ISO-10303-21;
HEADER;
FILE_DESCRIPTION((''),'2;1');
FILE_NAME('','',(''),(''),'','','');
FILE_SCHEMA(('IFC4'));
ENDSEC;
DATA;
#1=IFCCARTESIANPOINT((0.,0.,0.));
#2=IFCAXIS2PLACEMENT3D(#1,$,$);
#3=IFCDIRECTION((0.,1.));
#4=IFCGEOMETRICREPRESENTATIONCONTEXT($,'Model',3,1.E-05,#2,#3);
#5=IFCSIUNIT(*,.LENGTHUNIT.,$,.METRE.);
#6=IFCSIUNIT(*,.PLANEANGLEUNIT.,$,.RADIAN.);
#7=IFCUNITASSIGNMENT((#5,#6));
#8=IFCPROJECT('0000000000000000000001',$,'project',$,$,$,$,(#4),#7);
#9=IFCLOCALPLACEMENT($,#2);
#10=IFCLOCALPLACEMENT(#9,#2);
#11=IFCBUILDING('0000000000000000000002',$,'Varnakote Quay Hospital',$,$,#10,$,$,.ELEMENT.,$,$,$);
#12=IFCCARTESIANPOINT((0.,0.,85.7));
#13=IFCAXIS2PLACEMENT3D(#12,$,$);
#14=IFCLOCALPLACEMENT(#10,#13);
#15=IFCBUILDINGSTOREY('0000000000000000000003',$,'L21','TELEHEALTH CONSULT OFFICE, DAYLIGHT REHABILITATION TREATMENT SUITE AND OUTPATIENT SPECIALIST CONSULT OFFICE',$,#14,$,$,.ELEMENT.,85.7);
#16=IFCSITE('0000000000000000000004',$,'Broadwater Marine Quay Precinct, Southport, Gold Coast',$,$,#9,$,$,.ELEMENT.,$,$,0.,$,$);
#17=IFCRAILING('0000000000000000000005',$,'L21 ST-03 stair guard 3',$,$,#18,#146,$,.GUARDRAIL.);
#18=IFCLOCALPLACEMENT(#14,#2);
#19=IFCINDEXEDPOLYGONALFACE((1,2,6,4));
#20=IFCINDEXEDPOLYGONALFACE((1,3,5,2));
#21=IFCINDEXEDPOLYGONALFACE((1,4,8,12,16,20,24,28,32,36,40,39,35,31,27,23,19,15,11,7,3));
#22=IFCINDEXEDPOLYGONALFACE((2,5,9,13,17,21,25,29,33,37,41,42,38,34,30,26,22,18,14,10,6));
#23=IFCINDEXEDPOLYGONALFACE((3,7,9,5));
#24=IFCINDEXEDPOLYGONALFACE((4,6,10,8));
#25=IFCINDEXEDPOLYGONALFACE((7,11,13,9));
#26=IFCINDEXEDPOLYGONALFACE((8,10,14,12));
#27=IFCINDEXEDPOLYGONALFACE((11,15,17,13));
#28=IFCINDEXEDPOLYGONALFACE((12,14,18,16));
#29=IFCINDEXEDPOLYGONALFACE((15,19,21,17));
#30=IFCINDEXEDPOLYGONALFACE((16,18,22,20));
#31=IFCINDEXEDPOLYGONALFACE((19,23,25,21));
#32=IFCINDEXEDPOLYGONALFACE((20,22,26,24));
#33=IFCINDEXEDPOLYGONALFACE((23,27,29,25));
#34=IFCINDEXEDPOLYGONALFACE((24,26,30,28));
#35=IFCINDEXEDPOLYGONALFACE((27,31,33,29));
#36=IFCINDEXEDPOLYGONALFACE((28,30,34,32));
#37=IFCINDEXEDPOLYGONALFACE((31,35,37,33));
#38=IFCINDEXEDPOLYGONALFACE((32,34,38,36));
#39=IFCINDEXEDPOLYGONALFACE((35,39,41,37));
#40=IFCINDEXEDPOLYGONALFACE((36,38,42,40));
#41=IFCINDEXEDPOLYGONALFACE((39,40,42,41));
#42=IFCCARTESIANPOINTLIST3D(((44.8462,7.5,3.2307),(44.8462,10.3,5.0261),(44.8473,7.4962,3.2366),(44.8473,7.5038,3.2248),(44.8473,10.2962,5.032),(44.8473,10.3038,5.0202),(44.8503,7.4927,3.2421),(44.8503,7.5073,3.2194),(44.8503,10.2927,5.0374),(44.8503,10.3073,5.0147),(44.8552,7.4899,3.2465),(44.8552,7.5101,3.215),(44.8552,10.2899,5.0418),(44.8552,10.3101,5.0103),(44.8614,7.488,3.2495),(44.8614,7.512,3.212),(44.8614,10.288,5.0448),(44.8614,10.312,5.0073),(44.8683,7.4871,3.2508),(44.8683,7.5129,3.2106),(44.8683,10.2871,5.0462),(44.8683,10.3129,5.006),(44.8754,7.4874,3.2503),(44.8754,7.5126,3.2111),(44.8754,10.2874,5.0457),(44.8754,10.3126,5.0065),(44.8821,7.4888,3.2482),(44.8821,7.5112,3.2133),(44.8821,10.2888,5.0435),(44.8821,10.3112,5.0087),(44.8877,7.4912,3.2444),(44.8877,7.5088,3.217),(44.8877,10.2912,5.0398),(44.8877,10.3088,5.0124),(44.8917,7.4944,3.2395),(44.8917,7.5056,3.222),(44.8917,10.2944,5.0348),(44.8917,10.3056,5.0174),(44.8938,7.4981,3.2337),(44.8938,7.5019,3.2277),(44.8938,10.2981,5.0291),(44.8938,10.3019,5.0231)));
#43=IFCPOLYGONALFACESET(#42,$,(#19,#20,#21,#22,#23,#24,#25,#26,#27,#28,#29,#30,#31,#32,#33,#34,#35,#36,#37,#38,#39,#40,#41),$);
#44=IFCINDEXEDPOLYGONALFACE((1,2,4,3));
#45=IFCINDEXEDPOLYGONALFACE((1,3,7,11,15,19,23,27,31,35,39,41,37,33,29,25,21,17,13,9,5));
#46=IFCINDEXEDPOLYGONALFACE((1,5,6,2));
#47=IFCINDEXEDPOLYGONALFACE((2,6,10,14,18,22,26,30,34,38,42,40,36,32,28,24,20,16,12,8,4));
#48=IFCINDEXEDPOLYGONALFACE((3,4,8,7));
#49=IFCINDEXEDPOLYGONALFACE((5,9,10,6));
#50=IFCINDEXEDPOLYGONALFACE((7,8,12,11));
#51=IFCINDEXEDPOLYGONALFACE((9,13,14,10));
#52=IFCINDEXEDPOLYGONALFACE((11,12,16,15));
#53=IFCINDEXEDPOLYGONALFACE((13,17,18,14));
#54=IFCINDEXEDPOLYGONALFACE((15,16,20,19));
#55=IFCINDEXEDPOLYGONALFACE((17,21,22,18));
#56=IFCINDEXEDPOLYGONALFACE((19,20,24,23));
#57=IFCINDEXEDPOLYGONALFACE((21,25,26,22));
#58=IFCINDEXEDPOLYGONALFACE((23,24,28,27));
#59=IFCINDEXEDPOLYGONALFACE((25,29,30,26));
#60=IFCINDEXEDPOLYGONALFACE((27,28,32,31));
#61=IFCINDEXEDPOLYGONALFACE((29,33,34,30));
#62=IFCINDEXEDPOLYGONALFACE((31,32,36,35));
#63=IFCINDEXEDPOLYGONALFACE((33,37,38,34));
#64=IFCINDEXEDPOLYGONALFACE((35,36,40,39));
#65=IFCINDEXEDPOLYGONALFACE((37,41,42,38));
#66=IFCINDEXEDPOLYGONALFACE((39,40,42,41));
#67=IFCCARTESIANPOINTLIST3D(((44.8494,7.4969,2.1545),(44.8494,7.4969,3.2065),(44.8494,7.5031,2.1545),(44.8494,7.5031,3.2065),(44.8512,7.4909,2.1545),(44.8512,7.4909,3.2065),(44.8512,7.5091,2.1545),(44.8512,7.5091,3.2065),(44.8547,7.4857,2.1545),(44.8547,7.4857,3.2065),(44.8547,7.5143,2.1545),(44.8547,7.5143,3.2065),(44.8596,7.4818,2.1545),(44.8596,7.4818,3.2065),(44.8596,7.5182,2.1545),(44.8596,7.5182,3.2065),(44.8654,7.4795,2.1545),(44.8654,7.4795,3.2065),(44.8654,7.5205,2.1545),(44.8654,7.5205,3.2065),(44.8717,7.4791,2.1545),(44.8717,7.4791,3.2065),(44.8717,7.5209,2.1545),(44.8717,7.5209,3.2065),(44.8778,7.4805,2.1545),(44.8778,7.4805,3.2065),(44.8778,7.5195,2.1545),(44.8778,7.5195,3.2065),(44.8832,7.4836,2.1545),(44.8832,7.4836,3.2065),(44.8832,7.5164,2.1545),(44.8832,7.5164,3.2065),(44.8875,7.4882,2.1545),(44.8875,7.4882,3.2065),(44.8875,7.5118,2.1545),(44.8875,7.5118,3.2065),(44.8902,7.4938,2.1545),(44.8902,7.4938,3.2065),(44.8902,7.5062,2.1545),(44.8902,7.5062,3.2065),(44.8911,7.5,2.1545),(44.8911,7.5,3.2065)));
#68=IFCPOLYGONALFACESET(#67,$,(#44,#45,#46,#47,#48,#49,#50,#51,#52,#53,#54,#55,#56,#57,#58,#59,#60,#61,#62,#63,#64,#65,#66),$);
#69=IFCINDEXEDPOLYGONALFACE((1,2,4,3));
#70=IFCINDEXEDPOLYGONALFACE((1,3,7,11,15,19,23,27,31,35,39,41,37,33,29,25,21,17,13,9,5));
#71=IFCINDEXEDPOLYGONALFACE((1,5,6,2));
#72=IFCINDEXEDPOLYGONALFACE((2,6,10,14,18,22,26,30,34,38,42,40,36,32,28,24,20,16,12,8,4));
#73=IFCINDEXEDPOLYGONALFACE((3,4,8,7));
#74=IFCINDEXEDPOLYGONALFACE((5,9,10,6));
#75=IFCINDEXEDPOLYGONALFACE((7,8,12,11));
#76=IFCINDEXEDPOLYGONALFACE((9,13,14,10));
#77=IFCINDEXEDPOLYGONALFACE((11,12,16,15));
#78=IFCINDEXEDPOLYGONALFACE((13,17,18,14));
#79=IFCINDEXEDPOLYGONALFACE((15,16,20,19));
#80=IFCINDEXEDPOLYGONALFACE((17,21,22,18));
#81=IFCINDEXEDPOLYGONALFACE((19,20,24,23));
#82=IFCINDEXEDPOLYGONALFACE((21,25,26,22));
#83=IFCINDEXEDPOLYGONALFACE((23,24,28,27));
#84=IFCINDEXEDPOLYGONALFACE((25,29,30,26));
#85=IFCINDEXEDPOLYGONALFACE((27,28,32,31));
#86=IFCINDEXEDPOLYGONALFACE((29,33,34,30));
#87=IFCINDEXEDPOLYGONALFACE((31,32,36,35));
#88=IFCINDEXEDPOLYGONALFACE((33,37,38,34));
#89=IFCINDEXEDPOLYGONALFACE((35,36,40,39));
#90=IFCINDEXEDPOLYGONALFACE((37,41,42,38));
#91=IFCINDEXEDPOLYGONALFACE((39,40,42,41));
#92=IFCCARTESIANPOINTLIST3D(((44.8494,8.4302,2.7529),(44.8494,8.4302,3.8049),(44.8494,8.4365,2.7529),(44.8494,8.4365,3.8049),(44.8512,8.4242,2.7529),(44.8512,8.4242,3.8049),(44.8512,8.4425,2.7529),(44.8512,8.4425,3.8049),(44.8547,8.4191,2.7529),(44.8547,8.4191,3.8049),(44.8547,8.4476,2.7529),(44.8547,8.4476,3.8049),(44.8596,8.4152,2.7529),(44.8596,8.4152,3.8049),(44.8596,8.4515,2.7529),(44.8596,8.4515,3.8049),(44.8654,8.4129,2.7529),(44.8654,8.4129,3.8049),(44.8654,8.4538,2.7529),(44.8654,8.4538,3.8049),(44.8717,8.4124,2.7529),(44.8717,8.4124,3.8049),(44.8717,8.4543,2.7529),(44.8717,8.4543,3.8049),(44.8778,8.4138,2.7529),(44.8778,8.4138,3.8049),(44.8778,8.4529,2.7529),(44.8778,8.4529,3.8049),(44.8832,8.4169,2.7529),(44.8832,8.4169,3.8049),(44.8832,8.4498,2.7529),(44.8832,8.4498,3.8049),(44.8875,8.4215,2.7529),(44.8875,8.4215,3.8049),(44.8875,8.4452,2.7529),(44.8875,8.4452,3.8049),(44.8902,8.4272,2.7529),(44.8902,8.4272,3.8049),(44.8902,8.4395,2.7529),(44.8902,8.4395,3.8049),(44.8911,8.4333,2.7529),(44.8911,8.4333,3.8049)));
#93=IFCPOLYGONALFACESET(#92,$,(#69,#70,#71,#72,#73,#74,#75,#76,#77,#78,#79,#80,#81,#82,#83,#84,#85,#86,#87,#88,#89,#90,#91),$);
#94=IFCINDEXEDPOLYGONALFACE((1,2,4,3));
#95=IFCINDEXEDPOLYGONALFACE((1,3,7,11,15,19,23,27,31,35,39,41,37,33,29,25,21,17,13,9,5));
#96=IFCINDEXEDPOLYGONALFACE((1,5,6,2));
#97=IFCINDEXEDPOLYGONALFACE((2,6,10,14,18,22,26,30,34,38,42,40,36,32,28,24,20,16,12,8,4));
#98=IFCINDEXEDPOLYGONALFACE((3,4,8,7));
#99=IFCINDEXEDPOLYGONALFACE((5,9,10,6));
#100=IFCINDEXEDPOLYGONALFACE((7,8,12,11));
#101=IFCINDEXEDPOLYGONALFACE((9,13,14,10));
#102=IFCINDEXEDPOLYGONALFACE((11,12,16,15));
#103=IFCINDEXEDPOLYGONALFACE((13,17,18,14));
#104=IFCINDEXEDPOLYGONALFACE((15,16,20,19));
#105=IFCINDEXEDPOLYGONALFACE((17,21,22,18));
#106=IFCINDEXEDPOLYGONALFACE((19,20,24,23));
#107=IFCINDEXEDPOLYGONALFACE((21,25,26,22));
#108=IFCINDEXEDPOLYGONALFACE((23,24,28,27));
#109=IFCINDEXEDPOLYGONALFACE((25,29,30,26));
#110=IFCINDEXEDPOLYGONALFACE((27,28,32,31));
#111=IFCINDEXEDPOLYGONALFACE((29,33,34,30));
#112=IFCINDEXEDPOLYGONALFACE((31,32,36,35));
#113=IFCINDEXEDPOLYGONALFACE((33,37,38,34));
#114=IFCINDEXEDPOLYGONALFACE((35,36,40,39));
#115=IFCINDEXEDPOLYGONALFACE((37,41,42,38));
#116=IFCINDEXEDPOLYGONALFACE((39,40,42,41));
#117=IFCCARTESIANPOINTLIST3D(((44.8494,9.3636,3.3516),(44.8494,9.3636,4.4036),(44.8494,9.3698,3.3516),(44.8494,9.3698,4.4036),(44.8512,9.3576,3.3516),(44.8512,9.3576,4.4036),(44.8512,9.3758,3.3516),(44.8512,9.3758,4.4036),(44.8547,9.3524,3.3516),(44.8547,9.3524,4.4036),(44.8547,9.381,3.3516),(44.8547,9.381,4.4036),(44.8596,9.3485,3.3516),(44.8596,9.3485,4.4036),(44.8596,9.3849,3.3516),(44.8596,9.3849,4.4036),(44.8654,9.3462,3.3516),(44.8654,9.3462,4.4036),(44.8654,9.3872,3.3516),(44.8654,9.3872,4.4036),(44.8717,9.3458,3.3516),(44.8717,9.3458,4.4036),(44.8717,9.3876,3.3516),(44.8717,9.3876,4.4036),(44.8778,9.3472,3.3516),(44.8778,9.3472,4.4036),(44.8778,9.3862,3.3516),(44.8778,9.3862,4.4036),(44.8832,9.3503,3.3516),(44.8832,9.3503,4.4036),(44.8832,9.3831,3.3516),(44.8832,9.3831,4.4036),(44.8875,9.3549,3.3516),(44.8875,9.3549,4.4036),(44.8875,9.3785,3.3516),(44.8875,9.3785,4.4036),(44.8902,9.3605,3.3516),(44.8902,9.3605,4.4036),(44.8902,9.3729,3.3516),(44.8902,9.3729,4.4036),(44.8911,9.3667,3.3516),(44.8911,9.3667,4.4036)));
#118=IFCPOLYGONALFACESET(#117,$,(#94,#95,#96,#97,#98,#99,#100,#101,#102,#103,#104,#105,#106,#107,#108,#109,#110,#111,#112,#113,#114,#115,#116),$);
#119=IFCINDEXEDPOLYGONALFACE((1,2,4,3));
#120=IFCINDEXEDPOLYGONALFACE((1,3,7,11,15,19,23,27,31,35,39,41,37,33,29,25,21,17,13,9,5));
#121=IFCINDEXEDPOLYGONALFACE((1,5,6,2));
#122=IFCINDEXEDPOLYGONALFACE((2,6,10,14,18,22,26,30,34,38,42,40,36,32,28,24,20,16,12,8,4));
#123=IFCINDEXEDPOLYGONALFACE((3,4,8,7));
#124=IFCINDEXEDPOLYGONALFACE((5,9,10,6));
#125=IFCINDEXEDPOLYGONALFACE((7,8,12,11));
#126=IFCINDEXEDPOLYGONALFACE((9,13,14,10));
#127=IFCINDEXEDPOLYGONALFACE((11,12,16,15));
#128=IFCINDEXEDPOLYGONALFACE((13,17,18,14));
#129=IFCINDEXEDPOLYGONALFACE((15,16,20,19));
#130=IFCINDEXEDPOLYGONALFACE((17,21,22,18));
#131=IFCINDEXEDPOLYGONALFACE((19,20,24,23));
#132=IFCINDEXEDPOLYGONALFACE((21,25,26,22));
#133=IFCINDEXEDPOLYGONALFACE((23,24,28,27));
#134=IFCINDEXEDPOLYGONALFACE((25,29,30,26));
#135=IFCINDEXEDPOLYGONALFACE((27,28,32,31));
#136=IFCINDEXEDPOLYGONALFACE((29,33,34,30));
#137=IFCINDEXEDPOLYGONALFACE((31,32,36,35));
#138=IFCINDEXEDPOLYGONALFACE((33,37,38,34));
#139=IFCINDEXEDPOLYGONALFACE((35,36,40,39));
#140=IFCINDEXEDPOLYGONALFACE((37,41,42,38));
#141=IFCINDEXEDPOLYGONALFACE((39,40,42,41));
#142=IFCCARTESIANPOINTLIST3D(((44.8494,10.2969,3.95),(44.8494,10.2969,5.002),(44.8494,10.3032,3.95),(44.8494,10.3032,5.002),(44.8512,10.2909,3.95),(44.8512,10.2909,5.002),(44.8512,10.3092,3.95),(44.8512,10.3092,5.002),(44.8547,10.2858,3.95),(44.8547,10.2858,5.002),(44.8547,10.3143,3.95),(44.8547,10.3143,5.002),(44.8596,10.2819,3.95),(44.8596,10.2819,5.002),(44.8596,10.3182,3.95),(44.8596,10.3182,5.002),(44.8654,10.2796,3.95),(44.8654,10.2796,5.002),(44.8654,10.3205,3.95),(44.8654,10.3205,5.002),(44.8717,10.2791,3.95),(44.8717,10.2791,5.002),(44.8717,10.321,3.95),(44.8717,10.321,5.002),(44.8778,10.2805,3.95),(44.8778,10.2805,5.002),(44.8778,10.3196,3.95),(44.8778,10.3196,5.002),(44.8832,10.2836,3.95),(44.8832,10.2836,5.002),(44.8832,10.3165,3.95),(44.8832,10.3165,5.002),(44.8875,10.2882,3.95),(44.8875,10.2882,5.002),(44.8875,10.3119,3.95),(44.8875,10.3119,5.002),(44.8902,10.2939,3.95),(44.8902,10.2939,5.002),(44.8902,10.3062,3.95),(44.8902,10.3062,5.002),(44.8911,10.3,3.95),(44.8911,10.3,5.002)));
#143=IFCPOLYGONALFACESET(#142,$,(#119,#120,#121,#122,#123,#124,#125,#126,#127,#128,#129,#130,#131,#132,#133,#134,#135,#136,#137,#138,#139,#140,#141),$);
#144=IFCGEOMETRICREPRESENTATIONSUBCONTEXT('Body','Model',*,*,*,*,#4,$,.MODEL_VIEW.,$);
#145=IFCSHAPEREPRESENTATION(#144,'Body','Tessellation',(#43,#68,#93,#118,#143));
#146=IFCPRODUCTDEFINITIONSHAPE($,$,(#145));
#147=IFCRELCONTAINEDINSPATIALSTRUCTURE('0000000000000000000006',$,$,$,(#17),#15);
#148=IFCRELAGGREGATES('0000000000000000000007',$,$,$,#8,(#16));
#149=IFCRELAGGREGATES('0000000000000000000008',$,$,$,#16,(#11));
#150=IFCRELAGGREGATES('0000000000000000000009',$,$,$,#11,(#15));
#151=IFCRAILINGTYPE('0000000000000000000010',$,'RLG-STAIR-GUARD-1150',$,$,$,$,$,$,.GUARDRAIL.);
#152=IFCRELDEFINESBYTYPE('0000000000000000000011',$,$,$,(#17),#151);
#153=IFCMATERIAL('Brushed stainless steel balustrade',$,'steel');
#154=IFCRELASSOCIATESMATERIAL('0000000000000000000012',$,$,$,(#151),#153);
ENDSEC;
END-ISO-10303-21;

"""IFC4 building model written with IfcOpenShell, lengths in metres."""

from ifc_helpers import new_model, si_unit, direction, frame, origin, origin_2d, place, context, subcontext, project, spatial, circle, extrude, material, type_object, element, save


model = new_model("IFC4")

# Units and contexts
model_context = context("Model", 3, precision=1e-05, world=origin(), true_north=direction((0.0, 1.0)))
body_context = subcontext(model_context, "Body", "Model", "MODEL_VIEW")
ifc_project = project(units=[si_unit("LENGTHUNIT", "METRE"), si_unit("PLANEANGLEUNIT", "RADIAN")], contexts=[model_context])

# Site, building, storey
site_placement = place(None, origin())
site = spatial("IfcSite", under=ifc_project, at=site_placement, Name="Broadwater Marine Quay Precinct, Southport, Gold Coast", CompositionType="ELEMENT", RefElevation=0.0)
building_placement = place(site_placement, origin())
building = spatial("IfcBuilding", under=site, at=building_placement, Name="Varnakote Quay Hospital", CompositionType="ELEMENT")
storey_placement = place(building_placement, frame((0.0, 0.0, 85.7)))
storey = spatial("IfcBuildingStorey", under=building, at=storey_placement, Name="L21", Description="TELEHEALTH CONSULT OFFICE, DAYLIGHT REHABILITATION TREATMENT SUITE AND OUTPATIENT SPECIALIST CONSULT OFFICE", CompositionType="ELEMENT", Elevation=85.7)

# Railing
ifc_material_1 = material(Name="Brushed stainless steel balustrade", Category="steel")
railing_type_1 = type_object("IfcRailingType", Name="RLG-STAIR-GUARD-1150", PredefinedType="GUARDRAIL", material=ifc_material_1)
railing_1_placement = place(storey_placement, frame((44.8701, 7.5, 2.1545)))
element("IfcRailing", 1, at=railing_1_placement, inside=storey, type_object=railing_type_1, Name="L21 ST-03 stair guard 3", PredefinedType="GUARDRAIL", context=body_context, shape_type="SweptSolid", body=[
    extrude(circle(Radius=0.0239, at=origin_2d()), frame((0.0, 0.0, 1.0762), z_axis=(0.0, 0.84181, 0.539774), x_axis=(-1.0, 0.0, 0.0)), (0.0, 0.0, 1.0), 3.3262),
    extrude(circle(Radius=0.021, at=origin_2d()), origin(), (0.0, 0.0, 1.0), 1.052),
    extrude(circle(Radius=0.021, at=origin_2d()), frame((0.0, 0.9333, 0.5984)), (0.0, 0.0, 1.0), 1.052),
    extrude(circle(Radius=0.021, at=origin_2d()), frame((0.0, 1.8667, 1.197)), (0.0, 0.0, 1.0), 1.052),
    extrude(circle(Radius=0.021, at=origin_2d()), frame((0.0, 2.8, 1.7954)), (0.0, 0.0, 1.0), 1.052),
])

save(model, "model.ifc")
